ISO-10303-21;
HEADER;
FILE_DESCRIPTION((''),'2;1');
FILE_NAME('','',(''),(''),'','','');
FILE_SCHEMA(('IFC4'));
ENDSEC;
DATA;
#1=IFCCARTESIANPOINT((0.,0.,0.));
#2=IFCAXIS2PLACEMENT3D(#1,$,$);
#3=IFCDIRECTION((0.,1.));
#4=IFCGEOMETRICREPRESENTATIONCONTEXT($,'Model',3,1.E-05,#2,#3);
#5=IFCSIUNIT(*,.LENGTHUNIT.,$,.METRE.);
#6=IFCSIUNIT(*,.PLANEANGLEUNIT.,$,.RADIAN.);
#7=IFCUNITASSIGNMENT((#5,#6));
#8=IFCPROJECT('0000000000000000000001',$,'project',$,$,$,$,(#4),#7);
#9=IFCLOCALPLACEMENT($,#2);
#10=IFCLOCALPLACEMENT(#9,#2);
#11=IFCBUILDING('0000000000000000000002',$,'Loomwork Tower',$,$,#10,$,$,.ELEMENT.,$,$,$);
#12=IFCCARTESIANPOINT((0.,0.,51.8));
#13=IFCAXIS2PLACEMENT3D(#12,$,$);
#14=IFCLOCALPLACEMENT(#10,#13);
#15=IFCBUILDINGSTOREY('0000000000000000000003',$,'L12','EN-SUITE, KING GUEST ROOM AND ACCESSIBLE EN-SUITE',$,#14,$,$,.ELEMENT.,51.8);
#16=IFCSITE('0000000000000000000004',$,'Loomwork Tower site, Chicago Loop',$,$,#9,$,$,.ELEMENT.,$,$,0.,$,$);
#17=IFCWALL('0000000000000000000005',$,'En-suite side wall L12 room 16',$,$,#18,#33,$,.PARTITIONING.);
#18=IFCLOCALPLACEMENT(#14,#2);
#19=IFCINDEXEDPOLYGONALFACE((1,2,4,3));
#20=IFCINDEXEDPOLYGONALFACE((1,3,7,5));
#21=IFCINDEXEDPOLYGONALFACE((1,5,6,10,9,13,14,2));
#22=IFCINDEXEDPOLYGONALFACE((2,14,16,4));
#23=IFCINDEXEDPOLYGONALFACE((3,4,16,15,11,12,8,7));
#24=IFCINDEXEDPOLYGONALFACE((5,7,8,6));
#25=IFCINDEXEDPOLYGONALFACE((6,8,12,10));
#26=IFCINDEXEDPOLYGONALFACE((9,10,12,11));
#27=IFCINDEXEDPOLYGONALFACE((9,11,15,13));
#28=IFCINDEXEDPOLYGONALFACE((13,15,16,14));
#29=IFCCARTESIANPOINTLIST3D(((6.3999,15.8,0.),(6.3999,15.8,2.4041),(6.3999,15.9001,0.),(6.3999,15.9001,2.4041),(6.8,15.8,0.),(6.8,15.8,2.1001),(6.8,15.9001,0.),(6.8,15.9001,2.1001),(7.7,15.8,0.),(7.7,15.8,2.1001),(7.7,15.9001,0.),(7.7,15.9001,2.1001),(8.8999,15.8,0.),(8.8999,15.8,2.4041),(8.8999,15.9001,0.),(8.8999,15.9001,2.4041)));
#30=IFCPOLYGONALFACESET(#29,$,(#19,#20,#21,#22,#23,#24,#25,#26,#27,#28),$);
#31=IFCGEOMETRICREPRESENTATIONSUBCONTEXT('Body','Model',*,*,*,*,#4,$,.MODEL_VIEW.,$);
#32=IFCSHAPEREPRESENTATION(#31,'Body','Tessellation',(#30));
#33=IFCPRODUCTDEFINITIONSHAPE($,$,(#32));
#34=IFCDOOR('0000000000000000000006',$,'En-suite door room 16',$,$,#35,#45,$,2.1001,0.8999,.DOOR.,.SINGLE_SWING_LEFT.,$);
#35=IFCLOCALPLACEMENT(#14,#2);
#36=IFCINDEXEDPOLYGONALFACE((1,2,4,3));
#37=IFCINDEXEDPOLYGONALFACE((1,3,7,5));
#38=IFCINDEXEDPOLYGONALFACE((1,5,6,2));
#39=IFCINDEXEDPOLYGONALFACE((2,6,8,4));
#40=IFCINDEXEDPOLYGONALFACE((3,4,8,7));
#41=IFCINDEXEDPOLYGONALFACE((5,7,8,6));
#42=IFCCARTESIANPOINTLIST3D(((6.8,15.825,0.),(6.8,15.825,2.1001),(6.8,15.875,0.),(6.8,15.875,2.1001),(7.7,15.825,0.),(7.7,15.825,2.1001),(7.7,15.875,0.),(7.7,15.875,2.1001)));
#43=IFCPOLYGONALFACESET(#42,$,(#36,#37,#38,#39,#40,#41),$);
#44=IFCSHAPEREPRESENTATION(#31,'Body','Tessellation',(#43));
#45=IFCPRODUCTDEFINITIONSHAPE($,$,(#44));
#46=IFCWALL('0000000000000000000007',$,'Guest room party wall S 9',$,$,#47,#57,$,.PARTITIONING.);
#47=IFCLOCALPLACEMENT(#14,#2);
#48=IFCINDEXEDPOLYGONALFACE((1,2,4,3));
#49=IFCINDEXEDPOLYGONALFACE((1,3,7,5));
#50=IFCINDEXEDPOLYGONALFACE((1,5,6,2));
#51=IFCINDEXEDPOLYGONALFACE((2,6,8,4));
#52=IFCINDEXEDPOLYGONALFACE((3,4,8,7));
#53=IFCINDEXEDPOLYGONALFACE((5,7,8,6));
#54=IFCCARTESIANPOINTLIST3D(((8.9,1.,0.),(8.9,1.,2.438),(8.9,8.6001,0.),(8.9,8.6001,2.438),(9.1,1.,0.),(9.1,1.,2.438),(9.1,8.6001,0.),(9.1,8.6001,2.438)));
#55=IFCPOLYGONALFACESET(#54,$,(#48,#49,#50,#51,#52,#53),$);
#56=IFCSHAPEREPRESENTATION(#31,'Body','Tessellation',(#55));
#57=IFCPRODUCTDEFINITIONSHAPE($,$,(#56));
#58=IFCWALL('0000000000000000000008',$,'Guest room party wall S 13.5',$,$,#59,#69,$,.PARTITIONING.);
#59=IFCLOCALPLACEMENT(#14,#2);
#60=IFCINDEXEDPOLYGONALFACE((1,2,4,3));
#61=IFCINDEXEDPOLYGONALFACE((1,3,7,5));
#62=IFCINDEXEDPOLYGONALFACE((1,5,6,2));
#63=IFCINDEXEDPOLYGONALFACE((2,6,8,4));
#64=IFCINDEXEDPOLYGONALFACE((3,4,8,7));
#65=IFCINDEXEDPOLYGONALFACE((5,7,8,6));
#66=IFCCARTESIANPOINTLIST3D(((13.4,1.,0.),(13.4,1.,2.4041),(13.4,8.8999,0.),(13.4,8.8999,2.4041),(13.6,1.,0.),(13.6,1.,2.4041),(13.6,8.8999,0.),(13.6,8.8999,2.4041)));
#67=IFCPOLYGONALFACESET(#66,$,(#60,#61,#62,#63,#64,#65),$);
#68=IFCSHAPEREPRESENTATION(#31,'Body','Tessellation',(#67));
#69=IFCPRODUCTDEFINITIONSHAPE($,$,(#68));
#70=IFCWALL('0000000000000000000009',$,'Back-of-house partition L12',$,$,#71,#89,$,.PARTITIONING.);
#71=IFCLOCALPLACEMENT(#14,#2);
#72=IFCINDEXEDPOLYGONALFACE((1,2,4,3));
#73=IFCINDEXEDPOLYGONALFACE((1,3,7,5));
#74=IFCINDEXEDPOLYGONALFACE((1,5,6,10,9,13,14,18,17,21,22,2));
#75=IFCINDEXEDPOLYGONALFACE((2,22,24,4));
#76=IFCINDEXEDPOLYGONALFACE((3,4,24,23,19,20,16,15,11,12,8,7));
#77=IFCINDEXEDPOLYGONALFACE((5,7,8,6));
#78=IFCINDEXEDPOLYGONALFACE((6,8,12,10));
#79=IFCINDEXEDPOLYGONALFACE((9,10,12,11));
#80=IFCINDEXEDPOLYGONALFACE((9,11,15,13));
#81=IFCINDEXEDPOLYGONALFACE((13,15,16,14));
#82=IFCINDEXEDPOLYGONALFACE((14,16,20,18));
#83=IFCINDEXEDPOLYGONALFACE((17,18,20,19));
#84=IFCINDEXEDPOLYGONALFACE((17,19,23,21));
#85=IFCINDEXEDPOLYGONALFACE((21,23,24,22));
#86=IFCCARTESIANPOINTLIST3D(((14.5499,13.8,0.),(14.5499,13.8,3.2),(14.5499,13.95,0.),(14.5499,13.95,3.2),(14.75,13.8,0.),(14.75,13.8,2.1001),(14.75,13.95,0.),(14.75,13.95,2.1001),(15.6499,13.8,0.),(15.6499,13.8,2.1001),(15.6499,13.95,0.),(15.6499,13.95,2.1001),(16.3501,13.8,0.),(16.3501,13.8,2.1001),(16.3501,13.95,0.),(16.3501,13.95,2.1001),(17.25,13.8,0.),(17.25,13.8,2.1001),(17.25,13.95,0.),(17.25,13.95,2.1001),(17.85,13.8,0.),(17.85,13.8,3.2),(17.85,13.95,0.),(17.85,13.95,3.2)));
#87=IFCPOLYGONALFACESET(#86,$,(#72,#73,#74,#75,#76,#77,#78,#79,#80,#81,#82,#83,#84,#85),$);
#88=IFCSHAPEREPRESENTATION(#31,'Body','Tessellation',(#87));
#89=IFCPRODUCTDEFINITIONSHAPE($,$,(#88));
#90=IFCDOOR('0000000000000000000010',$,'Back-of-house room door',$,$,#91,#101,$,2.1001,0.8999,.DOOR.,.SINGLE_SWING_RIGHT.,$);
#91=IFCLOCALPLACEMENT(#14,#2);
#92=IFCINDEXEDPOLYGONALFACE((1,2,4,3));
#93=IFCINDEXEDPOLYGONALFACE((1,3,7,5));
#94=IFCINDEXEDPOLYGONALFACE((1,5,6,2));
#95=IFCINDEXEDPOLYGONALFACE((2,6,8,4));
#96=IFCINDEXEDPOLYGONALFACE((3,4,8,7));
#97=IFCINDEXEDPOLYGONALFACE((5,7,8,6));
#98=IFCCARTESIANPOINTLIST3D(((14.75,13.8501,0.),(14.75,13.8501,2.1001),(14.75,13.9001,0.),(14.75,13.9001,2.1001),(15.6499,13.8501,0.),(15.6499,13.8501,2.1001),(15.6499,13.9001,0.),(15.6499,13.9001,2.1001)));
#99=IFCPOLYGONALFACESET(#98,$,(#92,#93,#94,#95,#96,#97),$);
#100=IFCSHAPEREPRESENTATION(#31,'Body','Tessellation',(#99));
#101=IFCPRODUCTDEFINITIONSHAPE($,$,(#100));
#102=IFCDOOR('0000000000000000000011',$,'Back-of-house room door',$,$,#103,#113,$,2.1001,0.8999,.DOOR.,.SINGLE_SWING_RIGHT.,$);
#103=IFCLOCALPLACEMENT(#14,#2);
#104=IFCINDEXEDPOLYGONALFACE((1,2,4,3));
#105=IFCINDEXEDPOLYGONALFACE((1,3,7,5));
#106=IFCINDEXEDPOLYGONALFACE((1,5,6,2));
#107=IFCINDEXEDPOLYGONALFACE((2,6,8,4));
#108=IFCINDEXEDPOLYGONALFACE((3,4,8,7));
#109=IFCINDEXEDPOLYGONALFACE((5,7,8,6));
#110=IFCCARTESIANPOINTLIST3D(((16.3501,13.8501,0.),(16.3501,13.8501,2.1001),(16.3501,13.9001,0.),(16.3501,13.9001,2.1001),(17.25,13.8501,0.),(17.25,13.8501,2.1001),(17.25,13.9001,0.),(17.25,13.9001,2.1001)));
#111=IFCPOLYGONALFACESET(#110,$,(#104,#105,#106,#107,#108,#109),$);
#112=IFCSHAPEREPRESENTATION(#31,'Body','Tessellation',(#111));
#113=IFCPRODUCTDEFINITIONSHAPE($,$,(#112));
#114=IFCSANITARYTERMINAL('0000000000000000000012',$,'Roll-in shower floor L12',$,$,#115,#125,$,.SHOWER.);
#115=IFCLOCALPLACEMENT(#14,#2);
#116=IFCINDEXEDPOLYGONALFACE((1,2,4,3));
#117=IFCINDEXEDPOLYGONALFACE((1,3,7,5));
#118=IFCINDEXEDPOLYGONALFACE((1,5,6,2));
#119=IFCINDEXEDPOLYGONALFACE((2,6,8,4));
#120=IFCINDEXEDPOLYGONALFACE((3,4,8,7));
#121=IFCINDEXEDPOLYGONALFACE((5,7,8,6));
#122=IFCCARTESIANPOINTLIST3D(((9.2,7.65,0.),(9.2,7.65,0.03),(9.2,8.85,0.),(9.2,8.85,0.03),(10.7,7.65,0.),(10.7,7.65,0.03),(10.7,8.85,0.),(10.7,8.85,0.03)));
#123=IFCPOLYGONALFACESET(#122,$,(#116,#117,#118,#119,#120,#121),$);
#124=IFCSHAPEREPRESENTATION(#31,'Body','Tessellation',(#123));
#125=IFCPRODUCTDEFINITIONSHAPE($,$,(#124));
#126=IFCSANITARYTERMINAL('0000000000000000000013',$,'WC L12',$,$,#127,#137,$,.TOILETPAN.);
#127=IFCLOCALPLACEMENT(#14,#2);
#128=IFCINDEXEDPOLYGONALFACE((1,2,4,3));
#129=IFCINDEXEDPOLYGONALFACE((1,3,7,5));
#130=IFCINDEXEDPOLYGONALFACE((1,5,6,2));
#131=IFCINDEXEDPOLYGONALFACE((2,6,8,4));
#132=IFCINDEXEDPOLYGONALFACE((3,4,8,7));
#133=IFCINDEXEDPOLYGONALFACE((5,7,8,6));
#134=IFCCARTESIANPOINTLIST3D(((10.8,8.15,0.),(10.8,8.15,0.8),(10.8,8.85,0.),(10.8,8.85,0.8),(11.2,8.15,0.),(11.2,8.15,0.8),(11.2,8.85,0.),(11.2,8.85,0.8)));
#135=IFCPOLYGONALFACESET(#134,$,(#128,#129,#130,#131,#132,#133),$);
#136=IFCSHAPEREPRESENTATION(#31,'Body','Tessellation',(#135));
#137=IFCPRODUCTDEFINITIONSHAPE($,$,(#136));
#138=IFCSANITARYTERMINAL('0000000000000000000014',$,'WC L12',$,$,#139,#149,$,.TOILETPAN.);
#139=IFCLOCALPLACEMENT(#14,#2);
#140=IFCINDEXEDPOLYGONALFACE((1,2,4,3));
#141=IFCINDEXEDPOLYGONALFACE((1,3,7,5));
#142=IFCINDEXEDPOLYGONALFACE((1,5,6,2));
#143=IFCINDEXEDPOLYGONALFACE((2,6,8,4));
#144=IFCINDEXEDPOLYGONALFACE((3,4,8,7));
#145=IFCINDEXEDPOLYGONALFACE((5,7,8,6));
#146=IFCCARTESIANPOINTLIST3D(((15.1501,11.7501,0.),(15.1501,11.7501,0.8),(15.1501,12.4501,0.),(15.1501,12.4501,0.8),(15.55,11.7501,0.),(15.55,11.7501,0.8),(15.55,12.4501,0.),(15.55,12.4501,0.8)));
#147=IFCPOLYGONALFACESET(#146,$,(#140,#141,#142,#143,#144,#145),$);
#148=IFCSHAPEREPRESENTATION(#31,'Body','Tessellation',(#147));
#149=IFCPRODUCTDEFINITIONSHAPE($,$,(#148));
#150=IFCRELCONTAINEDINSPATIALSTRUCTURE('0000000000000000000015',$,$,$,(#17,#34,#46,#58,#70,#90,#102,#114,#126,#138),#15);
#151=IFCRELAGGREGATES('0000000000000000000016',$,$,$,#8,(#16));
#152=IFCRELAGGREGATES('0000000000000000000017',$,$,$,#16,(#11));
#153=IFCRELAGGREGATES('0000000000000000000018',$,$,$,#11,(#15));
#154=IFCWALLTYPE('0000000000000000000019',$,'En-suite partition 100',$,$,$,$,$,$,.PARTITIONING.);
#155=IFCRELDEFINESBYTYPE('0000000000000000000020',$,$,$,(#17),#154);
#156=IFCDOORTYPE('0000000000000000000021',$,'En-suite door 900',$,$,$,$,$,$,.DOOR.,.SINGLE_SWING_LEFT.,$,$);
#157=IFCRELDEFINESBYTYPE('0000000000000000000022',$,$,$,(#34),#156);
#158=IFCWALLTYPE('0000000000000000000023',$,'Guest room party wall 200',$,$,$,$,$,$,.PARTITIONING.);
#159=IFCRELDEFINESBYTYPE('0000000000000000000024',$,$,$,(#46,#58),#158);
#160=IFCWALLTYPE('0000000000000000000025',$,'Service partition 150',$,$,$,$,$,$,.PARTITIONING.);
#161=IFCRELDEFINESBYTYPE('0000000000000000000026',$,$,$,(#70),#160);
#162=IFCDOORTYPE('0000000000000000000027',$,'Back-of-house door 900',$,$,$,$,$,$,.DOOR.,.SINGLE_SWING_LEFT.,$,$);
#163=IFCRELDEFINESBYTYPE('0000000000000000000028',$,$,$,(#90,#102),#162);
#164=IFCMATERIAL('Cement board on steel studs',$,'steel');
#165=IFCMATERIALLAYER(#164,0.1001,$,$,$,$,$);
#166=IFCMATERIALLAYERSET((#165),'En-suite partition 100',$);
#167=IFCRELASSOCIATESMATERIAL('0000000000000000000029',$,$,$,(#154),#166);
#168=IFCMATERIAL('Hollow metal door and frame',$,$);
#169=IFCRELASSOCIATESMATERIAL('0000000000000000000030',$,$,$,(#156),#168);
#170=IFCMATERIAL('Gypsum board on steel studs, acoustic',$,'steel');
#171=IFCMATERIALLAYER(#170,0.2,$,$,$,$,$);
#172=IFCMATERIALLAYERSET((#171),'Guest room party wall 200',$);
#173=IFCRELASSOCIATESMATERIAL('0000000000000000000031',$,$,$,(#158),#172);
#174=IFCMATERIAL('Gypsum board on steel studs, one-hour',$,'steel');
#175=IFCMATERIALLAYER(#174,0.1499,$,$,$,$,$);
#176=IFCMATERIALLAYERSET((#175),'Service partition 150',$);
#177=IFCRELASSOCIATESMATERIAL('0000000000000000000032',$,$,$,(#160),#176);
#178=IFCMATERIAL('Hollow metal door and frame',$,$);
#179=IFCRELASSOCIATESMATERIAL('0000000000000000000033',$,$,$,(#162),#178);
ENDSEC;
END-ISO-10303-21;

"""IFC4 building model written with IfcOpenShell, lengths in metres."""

from ifc_helpers import new_model, si_unit, direction, frame, frame_2d, origin, origin_2d, place, context, subcontext, project, spatial, rectangle, extrude, material, layer, layer_set, type_object, element, fill, save


model = new_model("IFC4")

# Units and contexts
model_context = context("Model", 3, precision=1e-05, world=origin(), true_north=direction((0.0, 1.0)))
body_context = subcontext(model_context, "Body", "Model", "MODEL_VIEW")
ifc_project = project(units=[si_unit("LENGTHUNIT", "METRE"), si_unit("PLANEANGLEUNIT", "RADIAN")], contexts=[model_context])

# Site, building, storey
site_placement = place(None, origin())
site = spatial("IfcSite", under=ifc_project, at=site_placement, Name="Loomwork Tower site, Chicago Loop", CompositionType="ELEMENT", RefElevation=0.0)
building_placement = place(site_placement, origin())
building = spatial("IfcBuilding", under=site, at=building_placement, Name="Loomwork Tower", CompositionType="ELEMENT")
storey_placement = place(building_placement, frame((0.0, 0.0, 51.8)))
storey = spatial("IfcBuildingStorey", under=building, at=storey_placement, Name="L12", Description="EN-SUITE, KING GUEST ROOM AND ACCESSIBLE EN-SUITE", CompositionType="ELEMENT", Elevation=51.8)

# Shared definitions
ifc_material_1 = material(Name="Cement board on steel studs", Category="steel")
ifc_layer_1 = layer(ifc_material_1, 0.1001)
ifc_layer_set_1 = layer_set([ifc_layer_1], Name="En-suite partition 100")
wall_type_1 = type_object("IfcWallType", Name="En-suite partition 100", PredefinedType="PARTITIONING", material=ifc_layer_set_1)

# Wall, opening, door
wall_1_placement = place(storey_placement, frame((8.8999, 15.8501, 0.0), z_axis=(0.0, 0.0, 1.0), x_axis=(-1.0, 0.0, 0.0)))
wall_1 = element("IfcWall", 1, at=wall_1_placement, inside=storey, type_object=wall_type_1, Name="En-suite side wall L12 room 16", PredefinedType="PARTITIONING", context=body_context, shape_type="SweptSolid", body=[
    extrude(rectangle(XDim=2.5, YDim=0.1001, at=frame_2d((1.25, 0.0))), origin(), (0.0, 0.0, 1.0), 2.4041),
])
opening_1_placement = place(wall_1_placement, frame((1.2, 0.0, 0.0)))
opening_1 = element("IfcOpeningElement", 2, at=opening_1_placement, cuts=wall_1, PredefinedType="OPENING", context=body_context, shape_type="SweptSolid", body=[
    extrude(rectangle(XDim=0.8999, YDim=2.1001, at=frame_2d((0.45, 1.05))), frame((0.0, 0.0601, 0.0), z_axis=(0.0, -1.0, 0.0), x_axis=(1.0, 0.0, 0.0)), (0.0, 0.0, 1.0), 0.1201),
])
ifc_material_2 = material(Name="Hollow metal door and frame")
door_type_1 = type_object("IfcDoorType", Name="En-suite door 900", OperationType="SINGLE_SWING_LEFT", PredefinedType="DOOR", material=ifc_material_2)
door_1_placement = place(opening_1_placement, frame((0.8999, 0.0, 0.0), z_axis=(0.0, 0.0, 1.0), x_axis=(-1.0, 0.0, 0.0)))
door_1 = element("IfcDoor", 3, at=door_1_placement, inside=storey, type_object=door_type_1, Name="En-suite door room 16", OperationType="SINGLE_SWING_LEFT", OverallHeight=2.1001, OverallWidth=0.8999, PredefinedType="DOOR", context=body_context, shape_type="SweptSolid", body=[
    extrude(rectangle(XDim=0.8999, YDim=2.1001, at=frame_2d((0.45, 1.05))), frame((0.0, 0.0249, 0.0), z_axis=(0.0, -1.0, 0.0), x_axis=(1.0, 0.0, 0.0)), (0.0, 0.0, 1.0), 0.05),
])
fill(opening_1, door_1)

# Walls
ifc_material_3 = material(Name="Gypsum board on steel studs, acoustic", Category="steel")
ifc_layer_2 = layer(ifc_material_3, 0.2)
ifc_layer_set_2 = layer_set([ifc_layer_2], Name="Guest room party wall 200")
wall_type_2 = type_object("IfcWallType", Name="Guest room party wall 200", PredefinedType="PARTITIONING", material=ifc_layer_set_2)
wall_2_placement = place(storey_placement, frame((9.0, 8.6001, 0.0), z_axis=(0.0, 0.0, 1.0), x_axis=(0.0, -1.0, 0.0)))
element("IfcWall", 4, at=wall_2_placement, inside=storey, type_object=wall_type_2, Name="Guest room party wall S 9", PredefinedType="PARTITIONING", context=body_context, shape_type="SweptSolid", body=[
    extrude(rectangle(XDim=7.6001, YDim=0.2, at=frame_2d((3.8, 0.0))), origin(), (0.0, 0.0, 1.0), 2.438),
])
wall_3_placement = place(storey_placement, frame((13.5, 8.8999, 0.0), z_axis=(0.0, 0.0, 1.0), x_axis=(0.0, -1.0, 0.0)))
element("IfcWall", 5, at=wall_3_placement, inside=storey, type_object=wall_type_2, Name="Guest room party wall S 13.5", PredefinedType="PARTITIONING", context=body_context, shape_type="SweptSolid", body=[
    extrude(rectangle(XDim=7.8999, YDim=0.2, at=frame_2d((3.95, 0.0))), origin(), (0.0, 0.0, 1.0), 2.4041),
])

# Wall, openings, doors
ifc_material_4 = material(Name="Gypsum board on steel studs, one-hour", Category="steel")
ifc_layer_3 = layer(ifc_material_4, 0.1499)
ifc_layer_set_3 = layer_set([ifc_layer_3], Name="Service partition 150")
wall_type_3 = type_object("IfcWallType", Name="Service partition 150", PredefinedType="PARTITIONING", material=ifc_layer_set_3)
wall_4_placement = place(storey_placement, frame((14.55, 13.875, 0.0), z_axis=(0.0, 0.0, 1.0), x_axis=(1.0, 0.0, 0.0)))
wall_4 = element("IfcWall", 6, at=wall_4_placement, inside=storey, type_object=wall_type_3, Name="Back-of-house partition L12", PredefinedType="PARTITIONING", context=body_context, shape_type="SweptSolid", body=[
    extrude(rectangle(XDim=3.3, YDim=0.1499, at=frame_2d((1.6499, 0.0))), origin(), (0.0, 0.0, 1.0), 3.2),
])
opening_2_placement = place(wall_4_placement, frame((0.2, 0.0, 0.0)))
opening_2 = element("IfcOpeningElement", 7, at=opening_2_placement, cuts=wall_4, PredefinedType="OPENING", context=body_context, shape_type="SweptSolid", body=[
    extrude(rectangle(XDim=0.8999, YDim=2.1001, at=frame_2d((0.45, 1.05))), frame((0.0, 0.085, 0.0), z_axis=(0.0, -1.0, 0.0), x_axis=(1.0, 0.0, 0.0)), (0.0, 0.0, 1.0), 0.1699),
])
opening_3_placement = place(wall_4_placement, frame((1.8, 0.0, 0.0)))
opening_3 = element("IfcOpeningElement", 8, at=opening_3_placement, cuts=wall_4, PredefinedType="OPENING", context=body_context, shape_type="SweptSolid", body=[
    extrude(rectangle(XDim=0.8999, YDim=2.1001, at=frame_2d((0.45, 1.05))), frame((0.0, 0.085, 0.0), z_axis=(0.0, -1.0, 0.0), x_axis=(1.0, 0.0, 0.0)), (0.0, 0.0, 1.0), 0.1699),
])
ifc_material_5 = material(Name="Hollow metal door and frame")
door_type_2 = type_object("IfcDoorType", Name="Back-of-house door 900", OperationType="SINGLE_SWING_LEFT", PredefinedType="DOOR", material=ifc_material_5)
door_2_placement = place(opening_2_placement, frame((0.8999, 0.0, 0.0), z_axis=(0.0, 0.0, 1.0), x_axis=(-1.0, 0.0, 0.0)))
door_2 = element("IfcDoor", 9, at=door_2_placement, inside=storey, type_object=door_type_2, Name="Back-of-house room door", OperationType="SINGLE_SWING_RIGHT", OverallHeight=2.1001, OverallWidth=0.8999, PredefinedType="DOOR", context=body_context, shape_type="SweptSolid", body=[
    extrude(rectangle(XDim=0.8999, YDim=2.1001, at=frame_2d((0.45, 1.05))), frame((0.0, 0.0249, 0.0), z_axis=(0.0, -1.0, 0.0), x_axis=(1.0, 0.0, 0.0)), (0.0, 0.0, 1.0), 0.05),
])
fill(opening_2, door_2)
door_3_placement = place(opening_3_placement, frame((0.8999, 0.0, 0.0), z_axis=(0.0, 0.0, 1.0), x_axis=(-1.0, 0.0, 0.0)))
door_3 = element("IfcDoor", 10, at=door_3_placement, inside=storey, type_object=door_type_2, Name="Back-of-house room door", OperationType="SINGLE_SWING_RIGHT", OverallHeight=2.1001, OverallWidth=0.8999, PredefinedType="DOOR", context=body_context, shape_type="SweptSolid", body=[
    extrude(rectangle(XDim=0.8999, YDim=2.1001, at=frame_2d((0.45, 1.05))), frame((0.0, 0.0249, 0.0), z_axis=(0.0, -1.0, 0.0), x_axis=(1.0, 0.0, 0.0)), (0.0, 0.0, 1.0), 0.05),
])
fill(opening_3, door_3)

# Sanitary terminals
sanitary_terminal_placement = place(storey_placement, frame((9.95, 8.25, 0.0), z_axis=(0.0, 0.0, 1.0), x_axis=(1.0, 0.0, 0.0)))
element("IfcSanitaryTerminal", 11, at=sanitary_terminal_placement, inside=storey, Name="Roll-in shower floor L12", PredefinedType="SHOWER", context=body_context, shape_type="SweptSolid", body=[
    extrude(rectangle(XDim=1.5, YDim=1.2, at=origin_2d()), origin(), (0.0, 0.0, 1.0), 0.03),
])
for number, where, z_axis, x_axis, name in (
    (12, (11.0, 8.5, 0.0), (0.0, 0.0, 1.0), (1.0, 0.0, 0.0), "WC L12"),
    (13, (15.3501, 12.1001, 0.0), (0.0, 0.0, 1.0), (1.0, 0.0, 0.0), "WC L12"),
):
    element("IfcSanitaryTerminal", number, at=place(storey_placement, frame(where, z_axis=z_axis, x_axis=x_axis)), inside=storey, Name=name, PredefinedType="TOILETPAN", context=body_context, shape_type="SweptSolid", body=[
        extrude(rectangle(XDim=0.3999, YDim=0.7, at=origin_2d()), origin(), (0.0, 0.0, 1.0), 0.8),
    ])

save(model, "model.ifc")
